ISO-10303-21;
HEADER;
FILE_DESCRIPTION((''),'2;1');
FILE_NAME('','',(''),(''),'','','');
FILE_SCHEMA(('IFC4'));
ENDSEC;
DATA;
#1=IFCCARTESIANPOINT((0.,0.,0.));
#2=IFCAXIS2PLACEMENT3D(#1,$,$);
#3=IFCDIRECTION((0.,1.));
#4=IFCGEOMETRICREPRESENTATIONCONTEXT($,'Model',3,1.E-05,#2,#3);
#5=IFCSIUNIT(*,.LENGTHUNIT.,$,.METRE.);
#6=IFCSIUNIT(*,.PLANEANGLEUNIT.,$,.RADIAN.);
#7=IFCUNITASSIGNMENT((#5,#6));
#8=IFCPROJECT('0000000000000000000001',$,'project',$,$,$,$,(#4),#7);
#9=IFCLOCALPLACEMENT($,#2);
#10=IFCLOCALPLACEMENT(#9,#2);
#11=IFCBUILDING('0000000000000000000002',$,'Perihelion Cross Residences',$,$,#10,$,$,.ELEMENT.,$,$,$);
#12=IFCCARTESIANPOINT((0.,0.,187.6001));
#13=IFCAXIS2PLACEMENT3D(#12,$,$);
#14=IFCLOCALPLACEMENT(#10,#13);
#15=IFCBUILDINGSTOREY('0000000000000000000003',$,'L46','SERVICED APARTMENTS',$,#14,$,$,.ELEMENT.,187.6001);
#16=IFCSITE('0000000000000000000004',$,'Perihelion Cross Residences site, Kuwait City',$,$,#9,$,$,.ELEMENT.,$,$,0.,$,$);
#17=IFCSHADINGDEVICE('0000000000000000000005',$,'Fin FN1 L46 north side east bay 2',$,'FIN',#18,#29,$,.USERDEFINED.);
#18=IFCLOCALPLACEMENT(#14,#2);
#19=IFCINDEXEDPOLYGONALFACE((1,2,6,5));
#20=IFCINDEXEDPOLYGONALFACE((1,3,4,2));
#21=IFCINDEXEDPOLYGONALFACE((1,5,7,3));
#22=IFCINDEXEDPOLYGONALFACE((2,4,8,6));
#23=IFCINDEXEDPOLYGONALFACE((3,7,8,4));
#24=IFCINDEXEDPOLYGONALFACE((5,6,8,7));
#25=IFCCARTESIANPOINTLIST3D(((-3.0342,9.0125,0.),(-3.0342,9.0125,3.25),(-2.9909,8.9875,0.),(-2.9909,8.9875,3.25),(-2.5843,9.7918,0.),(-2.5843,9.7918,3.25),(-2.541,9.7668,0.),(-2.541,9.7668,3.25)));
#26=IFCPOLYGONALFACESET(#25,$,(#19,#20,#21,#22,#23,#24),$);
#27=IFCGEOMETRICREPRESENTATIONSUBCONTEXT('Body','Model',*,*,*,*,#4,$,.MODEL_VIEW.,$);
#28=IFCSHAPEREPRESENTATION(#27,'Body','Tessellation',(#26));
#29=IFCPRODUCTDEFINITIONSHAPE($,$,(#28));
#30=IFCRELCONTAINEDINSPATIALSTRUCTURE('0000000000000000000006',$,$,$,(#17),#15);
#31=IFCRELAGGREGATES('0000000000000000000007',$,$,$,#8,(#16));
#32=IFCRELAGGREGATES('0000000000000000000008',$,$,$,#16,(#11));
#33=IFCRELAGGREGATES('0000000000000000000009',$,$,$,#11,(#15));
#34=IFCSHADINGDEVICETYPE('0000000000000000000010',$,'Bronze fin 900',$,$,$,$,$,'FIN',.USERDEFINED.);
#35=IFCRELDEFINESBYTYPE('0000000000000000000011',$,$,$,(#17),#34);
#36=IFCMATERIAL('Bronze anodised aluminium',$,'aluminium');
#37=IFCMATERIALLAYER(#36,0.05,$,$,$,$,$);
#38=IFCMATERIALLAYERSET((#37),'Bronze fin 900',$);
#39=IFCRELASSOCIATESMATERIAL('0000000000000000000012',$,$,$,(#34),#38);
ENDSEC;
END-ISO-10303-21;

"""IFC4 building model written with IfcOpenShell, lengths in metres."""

from ifc_helpers import new_model, si_unit, direction, frame, origin, origin_2d, place, context, subcontext, project, spatial, rectangle, extrude, material, layer, layer_set, type_object, element, save


model = new_model("IFC4")

# Units and contexts
model_context = context("Model", 3, precision=1e-05, world=origin(), true_north=direction((0.0, 1.0)))
body_context = subcontext(model_context, "Body", "Model", "MODEL_VIEW")
ifc_project = project(units=[si_unit("LENGTHUNIT", "METRE"), si_unit("PLANEANGLEUNIT", "RADIAN")], contexts=[model_context])

# Site, building, storey
site_placement = place(None, origin())
site = spatial("IfcSite", under=ifc_project, at=site_placement, Name="Perihelion Cross Residences site, Kuwait City", CompositionType="ELEMENT", RefElevation=0.0)
building_placement = place(site_placement, origin())
building = spatial("IfcBuilding", under=site, at=building_placement, Name="Perihelion Cross Residences", CompositionType="ELEMENT")
storey_placement = place(building_placement, frame((0.0, 0.0, 187.6001)))
storey = spatial("IfcBuildingStorey", under=building, at=storey_placement, Name="L46", Description="SERVICED APARTMENTS", CompositionType="ELEMENT", Elevation=187.6001)

# Shading device
ifc_material_1 = material(Name="Bronze anodised aluminium", Category="aluminium")
ifc_layer_1 = layer(ifc_material_1, 0.05)
ifc_layer_set_1 = layer_set([ifc_layer_1], Name="Bronze fin 900")
shading_device_type = type_object("IfcShadingDeviceType", Name="Bronze fin 900", ElementType="FIN", PredefinedType="USERDEFINED", material=ifc_layer_set_1)
shading_device_placement = place(storey_placement, frame((-2.7876, 9.3896, 0.0), z_axis=(0.0, 0.0, 1.0), x_axis=(0.5, 0.866025, 0.0)))
element("IfcShadingDevice", 1, at=shading_device_placement, inside=storey, type_object=shading_device_type, Name="Fin FN1 L46 north side east bay 2", ObjectType="FIN", PredefinedType="USERDEFINED", context=body_context, shape_type="SweptSolid", body=[
    extrude(rectangle(XDim=0.8999, YDim=0.05, at=origin_2d()), origin(), (0.0, 0.0, 1.0), 3.25),
])

save(model, "model.ifc")
